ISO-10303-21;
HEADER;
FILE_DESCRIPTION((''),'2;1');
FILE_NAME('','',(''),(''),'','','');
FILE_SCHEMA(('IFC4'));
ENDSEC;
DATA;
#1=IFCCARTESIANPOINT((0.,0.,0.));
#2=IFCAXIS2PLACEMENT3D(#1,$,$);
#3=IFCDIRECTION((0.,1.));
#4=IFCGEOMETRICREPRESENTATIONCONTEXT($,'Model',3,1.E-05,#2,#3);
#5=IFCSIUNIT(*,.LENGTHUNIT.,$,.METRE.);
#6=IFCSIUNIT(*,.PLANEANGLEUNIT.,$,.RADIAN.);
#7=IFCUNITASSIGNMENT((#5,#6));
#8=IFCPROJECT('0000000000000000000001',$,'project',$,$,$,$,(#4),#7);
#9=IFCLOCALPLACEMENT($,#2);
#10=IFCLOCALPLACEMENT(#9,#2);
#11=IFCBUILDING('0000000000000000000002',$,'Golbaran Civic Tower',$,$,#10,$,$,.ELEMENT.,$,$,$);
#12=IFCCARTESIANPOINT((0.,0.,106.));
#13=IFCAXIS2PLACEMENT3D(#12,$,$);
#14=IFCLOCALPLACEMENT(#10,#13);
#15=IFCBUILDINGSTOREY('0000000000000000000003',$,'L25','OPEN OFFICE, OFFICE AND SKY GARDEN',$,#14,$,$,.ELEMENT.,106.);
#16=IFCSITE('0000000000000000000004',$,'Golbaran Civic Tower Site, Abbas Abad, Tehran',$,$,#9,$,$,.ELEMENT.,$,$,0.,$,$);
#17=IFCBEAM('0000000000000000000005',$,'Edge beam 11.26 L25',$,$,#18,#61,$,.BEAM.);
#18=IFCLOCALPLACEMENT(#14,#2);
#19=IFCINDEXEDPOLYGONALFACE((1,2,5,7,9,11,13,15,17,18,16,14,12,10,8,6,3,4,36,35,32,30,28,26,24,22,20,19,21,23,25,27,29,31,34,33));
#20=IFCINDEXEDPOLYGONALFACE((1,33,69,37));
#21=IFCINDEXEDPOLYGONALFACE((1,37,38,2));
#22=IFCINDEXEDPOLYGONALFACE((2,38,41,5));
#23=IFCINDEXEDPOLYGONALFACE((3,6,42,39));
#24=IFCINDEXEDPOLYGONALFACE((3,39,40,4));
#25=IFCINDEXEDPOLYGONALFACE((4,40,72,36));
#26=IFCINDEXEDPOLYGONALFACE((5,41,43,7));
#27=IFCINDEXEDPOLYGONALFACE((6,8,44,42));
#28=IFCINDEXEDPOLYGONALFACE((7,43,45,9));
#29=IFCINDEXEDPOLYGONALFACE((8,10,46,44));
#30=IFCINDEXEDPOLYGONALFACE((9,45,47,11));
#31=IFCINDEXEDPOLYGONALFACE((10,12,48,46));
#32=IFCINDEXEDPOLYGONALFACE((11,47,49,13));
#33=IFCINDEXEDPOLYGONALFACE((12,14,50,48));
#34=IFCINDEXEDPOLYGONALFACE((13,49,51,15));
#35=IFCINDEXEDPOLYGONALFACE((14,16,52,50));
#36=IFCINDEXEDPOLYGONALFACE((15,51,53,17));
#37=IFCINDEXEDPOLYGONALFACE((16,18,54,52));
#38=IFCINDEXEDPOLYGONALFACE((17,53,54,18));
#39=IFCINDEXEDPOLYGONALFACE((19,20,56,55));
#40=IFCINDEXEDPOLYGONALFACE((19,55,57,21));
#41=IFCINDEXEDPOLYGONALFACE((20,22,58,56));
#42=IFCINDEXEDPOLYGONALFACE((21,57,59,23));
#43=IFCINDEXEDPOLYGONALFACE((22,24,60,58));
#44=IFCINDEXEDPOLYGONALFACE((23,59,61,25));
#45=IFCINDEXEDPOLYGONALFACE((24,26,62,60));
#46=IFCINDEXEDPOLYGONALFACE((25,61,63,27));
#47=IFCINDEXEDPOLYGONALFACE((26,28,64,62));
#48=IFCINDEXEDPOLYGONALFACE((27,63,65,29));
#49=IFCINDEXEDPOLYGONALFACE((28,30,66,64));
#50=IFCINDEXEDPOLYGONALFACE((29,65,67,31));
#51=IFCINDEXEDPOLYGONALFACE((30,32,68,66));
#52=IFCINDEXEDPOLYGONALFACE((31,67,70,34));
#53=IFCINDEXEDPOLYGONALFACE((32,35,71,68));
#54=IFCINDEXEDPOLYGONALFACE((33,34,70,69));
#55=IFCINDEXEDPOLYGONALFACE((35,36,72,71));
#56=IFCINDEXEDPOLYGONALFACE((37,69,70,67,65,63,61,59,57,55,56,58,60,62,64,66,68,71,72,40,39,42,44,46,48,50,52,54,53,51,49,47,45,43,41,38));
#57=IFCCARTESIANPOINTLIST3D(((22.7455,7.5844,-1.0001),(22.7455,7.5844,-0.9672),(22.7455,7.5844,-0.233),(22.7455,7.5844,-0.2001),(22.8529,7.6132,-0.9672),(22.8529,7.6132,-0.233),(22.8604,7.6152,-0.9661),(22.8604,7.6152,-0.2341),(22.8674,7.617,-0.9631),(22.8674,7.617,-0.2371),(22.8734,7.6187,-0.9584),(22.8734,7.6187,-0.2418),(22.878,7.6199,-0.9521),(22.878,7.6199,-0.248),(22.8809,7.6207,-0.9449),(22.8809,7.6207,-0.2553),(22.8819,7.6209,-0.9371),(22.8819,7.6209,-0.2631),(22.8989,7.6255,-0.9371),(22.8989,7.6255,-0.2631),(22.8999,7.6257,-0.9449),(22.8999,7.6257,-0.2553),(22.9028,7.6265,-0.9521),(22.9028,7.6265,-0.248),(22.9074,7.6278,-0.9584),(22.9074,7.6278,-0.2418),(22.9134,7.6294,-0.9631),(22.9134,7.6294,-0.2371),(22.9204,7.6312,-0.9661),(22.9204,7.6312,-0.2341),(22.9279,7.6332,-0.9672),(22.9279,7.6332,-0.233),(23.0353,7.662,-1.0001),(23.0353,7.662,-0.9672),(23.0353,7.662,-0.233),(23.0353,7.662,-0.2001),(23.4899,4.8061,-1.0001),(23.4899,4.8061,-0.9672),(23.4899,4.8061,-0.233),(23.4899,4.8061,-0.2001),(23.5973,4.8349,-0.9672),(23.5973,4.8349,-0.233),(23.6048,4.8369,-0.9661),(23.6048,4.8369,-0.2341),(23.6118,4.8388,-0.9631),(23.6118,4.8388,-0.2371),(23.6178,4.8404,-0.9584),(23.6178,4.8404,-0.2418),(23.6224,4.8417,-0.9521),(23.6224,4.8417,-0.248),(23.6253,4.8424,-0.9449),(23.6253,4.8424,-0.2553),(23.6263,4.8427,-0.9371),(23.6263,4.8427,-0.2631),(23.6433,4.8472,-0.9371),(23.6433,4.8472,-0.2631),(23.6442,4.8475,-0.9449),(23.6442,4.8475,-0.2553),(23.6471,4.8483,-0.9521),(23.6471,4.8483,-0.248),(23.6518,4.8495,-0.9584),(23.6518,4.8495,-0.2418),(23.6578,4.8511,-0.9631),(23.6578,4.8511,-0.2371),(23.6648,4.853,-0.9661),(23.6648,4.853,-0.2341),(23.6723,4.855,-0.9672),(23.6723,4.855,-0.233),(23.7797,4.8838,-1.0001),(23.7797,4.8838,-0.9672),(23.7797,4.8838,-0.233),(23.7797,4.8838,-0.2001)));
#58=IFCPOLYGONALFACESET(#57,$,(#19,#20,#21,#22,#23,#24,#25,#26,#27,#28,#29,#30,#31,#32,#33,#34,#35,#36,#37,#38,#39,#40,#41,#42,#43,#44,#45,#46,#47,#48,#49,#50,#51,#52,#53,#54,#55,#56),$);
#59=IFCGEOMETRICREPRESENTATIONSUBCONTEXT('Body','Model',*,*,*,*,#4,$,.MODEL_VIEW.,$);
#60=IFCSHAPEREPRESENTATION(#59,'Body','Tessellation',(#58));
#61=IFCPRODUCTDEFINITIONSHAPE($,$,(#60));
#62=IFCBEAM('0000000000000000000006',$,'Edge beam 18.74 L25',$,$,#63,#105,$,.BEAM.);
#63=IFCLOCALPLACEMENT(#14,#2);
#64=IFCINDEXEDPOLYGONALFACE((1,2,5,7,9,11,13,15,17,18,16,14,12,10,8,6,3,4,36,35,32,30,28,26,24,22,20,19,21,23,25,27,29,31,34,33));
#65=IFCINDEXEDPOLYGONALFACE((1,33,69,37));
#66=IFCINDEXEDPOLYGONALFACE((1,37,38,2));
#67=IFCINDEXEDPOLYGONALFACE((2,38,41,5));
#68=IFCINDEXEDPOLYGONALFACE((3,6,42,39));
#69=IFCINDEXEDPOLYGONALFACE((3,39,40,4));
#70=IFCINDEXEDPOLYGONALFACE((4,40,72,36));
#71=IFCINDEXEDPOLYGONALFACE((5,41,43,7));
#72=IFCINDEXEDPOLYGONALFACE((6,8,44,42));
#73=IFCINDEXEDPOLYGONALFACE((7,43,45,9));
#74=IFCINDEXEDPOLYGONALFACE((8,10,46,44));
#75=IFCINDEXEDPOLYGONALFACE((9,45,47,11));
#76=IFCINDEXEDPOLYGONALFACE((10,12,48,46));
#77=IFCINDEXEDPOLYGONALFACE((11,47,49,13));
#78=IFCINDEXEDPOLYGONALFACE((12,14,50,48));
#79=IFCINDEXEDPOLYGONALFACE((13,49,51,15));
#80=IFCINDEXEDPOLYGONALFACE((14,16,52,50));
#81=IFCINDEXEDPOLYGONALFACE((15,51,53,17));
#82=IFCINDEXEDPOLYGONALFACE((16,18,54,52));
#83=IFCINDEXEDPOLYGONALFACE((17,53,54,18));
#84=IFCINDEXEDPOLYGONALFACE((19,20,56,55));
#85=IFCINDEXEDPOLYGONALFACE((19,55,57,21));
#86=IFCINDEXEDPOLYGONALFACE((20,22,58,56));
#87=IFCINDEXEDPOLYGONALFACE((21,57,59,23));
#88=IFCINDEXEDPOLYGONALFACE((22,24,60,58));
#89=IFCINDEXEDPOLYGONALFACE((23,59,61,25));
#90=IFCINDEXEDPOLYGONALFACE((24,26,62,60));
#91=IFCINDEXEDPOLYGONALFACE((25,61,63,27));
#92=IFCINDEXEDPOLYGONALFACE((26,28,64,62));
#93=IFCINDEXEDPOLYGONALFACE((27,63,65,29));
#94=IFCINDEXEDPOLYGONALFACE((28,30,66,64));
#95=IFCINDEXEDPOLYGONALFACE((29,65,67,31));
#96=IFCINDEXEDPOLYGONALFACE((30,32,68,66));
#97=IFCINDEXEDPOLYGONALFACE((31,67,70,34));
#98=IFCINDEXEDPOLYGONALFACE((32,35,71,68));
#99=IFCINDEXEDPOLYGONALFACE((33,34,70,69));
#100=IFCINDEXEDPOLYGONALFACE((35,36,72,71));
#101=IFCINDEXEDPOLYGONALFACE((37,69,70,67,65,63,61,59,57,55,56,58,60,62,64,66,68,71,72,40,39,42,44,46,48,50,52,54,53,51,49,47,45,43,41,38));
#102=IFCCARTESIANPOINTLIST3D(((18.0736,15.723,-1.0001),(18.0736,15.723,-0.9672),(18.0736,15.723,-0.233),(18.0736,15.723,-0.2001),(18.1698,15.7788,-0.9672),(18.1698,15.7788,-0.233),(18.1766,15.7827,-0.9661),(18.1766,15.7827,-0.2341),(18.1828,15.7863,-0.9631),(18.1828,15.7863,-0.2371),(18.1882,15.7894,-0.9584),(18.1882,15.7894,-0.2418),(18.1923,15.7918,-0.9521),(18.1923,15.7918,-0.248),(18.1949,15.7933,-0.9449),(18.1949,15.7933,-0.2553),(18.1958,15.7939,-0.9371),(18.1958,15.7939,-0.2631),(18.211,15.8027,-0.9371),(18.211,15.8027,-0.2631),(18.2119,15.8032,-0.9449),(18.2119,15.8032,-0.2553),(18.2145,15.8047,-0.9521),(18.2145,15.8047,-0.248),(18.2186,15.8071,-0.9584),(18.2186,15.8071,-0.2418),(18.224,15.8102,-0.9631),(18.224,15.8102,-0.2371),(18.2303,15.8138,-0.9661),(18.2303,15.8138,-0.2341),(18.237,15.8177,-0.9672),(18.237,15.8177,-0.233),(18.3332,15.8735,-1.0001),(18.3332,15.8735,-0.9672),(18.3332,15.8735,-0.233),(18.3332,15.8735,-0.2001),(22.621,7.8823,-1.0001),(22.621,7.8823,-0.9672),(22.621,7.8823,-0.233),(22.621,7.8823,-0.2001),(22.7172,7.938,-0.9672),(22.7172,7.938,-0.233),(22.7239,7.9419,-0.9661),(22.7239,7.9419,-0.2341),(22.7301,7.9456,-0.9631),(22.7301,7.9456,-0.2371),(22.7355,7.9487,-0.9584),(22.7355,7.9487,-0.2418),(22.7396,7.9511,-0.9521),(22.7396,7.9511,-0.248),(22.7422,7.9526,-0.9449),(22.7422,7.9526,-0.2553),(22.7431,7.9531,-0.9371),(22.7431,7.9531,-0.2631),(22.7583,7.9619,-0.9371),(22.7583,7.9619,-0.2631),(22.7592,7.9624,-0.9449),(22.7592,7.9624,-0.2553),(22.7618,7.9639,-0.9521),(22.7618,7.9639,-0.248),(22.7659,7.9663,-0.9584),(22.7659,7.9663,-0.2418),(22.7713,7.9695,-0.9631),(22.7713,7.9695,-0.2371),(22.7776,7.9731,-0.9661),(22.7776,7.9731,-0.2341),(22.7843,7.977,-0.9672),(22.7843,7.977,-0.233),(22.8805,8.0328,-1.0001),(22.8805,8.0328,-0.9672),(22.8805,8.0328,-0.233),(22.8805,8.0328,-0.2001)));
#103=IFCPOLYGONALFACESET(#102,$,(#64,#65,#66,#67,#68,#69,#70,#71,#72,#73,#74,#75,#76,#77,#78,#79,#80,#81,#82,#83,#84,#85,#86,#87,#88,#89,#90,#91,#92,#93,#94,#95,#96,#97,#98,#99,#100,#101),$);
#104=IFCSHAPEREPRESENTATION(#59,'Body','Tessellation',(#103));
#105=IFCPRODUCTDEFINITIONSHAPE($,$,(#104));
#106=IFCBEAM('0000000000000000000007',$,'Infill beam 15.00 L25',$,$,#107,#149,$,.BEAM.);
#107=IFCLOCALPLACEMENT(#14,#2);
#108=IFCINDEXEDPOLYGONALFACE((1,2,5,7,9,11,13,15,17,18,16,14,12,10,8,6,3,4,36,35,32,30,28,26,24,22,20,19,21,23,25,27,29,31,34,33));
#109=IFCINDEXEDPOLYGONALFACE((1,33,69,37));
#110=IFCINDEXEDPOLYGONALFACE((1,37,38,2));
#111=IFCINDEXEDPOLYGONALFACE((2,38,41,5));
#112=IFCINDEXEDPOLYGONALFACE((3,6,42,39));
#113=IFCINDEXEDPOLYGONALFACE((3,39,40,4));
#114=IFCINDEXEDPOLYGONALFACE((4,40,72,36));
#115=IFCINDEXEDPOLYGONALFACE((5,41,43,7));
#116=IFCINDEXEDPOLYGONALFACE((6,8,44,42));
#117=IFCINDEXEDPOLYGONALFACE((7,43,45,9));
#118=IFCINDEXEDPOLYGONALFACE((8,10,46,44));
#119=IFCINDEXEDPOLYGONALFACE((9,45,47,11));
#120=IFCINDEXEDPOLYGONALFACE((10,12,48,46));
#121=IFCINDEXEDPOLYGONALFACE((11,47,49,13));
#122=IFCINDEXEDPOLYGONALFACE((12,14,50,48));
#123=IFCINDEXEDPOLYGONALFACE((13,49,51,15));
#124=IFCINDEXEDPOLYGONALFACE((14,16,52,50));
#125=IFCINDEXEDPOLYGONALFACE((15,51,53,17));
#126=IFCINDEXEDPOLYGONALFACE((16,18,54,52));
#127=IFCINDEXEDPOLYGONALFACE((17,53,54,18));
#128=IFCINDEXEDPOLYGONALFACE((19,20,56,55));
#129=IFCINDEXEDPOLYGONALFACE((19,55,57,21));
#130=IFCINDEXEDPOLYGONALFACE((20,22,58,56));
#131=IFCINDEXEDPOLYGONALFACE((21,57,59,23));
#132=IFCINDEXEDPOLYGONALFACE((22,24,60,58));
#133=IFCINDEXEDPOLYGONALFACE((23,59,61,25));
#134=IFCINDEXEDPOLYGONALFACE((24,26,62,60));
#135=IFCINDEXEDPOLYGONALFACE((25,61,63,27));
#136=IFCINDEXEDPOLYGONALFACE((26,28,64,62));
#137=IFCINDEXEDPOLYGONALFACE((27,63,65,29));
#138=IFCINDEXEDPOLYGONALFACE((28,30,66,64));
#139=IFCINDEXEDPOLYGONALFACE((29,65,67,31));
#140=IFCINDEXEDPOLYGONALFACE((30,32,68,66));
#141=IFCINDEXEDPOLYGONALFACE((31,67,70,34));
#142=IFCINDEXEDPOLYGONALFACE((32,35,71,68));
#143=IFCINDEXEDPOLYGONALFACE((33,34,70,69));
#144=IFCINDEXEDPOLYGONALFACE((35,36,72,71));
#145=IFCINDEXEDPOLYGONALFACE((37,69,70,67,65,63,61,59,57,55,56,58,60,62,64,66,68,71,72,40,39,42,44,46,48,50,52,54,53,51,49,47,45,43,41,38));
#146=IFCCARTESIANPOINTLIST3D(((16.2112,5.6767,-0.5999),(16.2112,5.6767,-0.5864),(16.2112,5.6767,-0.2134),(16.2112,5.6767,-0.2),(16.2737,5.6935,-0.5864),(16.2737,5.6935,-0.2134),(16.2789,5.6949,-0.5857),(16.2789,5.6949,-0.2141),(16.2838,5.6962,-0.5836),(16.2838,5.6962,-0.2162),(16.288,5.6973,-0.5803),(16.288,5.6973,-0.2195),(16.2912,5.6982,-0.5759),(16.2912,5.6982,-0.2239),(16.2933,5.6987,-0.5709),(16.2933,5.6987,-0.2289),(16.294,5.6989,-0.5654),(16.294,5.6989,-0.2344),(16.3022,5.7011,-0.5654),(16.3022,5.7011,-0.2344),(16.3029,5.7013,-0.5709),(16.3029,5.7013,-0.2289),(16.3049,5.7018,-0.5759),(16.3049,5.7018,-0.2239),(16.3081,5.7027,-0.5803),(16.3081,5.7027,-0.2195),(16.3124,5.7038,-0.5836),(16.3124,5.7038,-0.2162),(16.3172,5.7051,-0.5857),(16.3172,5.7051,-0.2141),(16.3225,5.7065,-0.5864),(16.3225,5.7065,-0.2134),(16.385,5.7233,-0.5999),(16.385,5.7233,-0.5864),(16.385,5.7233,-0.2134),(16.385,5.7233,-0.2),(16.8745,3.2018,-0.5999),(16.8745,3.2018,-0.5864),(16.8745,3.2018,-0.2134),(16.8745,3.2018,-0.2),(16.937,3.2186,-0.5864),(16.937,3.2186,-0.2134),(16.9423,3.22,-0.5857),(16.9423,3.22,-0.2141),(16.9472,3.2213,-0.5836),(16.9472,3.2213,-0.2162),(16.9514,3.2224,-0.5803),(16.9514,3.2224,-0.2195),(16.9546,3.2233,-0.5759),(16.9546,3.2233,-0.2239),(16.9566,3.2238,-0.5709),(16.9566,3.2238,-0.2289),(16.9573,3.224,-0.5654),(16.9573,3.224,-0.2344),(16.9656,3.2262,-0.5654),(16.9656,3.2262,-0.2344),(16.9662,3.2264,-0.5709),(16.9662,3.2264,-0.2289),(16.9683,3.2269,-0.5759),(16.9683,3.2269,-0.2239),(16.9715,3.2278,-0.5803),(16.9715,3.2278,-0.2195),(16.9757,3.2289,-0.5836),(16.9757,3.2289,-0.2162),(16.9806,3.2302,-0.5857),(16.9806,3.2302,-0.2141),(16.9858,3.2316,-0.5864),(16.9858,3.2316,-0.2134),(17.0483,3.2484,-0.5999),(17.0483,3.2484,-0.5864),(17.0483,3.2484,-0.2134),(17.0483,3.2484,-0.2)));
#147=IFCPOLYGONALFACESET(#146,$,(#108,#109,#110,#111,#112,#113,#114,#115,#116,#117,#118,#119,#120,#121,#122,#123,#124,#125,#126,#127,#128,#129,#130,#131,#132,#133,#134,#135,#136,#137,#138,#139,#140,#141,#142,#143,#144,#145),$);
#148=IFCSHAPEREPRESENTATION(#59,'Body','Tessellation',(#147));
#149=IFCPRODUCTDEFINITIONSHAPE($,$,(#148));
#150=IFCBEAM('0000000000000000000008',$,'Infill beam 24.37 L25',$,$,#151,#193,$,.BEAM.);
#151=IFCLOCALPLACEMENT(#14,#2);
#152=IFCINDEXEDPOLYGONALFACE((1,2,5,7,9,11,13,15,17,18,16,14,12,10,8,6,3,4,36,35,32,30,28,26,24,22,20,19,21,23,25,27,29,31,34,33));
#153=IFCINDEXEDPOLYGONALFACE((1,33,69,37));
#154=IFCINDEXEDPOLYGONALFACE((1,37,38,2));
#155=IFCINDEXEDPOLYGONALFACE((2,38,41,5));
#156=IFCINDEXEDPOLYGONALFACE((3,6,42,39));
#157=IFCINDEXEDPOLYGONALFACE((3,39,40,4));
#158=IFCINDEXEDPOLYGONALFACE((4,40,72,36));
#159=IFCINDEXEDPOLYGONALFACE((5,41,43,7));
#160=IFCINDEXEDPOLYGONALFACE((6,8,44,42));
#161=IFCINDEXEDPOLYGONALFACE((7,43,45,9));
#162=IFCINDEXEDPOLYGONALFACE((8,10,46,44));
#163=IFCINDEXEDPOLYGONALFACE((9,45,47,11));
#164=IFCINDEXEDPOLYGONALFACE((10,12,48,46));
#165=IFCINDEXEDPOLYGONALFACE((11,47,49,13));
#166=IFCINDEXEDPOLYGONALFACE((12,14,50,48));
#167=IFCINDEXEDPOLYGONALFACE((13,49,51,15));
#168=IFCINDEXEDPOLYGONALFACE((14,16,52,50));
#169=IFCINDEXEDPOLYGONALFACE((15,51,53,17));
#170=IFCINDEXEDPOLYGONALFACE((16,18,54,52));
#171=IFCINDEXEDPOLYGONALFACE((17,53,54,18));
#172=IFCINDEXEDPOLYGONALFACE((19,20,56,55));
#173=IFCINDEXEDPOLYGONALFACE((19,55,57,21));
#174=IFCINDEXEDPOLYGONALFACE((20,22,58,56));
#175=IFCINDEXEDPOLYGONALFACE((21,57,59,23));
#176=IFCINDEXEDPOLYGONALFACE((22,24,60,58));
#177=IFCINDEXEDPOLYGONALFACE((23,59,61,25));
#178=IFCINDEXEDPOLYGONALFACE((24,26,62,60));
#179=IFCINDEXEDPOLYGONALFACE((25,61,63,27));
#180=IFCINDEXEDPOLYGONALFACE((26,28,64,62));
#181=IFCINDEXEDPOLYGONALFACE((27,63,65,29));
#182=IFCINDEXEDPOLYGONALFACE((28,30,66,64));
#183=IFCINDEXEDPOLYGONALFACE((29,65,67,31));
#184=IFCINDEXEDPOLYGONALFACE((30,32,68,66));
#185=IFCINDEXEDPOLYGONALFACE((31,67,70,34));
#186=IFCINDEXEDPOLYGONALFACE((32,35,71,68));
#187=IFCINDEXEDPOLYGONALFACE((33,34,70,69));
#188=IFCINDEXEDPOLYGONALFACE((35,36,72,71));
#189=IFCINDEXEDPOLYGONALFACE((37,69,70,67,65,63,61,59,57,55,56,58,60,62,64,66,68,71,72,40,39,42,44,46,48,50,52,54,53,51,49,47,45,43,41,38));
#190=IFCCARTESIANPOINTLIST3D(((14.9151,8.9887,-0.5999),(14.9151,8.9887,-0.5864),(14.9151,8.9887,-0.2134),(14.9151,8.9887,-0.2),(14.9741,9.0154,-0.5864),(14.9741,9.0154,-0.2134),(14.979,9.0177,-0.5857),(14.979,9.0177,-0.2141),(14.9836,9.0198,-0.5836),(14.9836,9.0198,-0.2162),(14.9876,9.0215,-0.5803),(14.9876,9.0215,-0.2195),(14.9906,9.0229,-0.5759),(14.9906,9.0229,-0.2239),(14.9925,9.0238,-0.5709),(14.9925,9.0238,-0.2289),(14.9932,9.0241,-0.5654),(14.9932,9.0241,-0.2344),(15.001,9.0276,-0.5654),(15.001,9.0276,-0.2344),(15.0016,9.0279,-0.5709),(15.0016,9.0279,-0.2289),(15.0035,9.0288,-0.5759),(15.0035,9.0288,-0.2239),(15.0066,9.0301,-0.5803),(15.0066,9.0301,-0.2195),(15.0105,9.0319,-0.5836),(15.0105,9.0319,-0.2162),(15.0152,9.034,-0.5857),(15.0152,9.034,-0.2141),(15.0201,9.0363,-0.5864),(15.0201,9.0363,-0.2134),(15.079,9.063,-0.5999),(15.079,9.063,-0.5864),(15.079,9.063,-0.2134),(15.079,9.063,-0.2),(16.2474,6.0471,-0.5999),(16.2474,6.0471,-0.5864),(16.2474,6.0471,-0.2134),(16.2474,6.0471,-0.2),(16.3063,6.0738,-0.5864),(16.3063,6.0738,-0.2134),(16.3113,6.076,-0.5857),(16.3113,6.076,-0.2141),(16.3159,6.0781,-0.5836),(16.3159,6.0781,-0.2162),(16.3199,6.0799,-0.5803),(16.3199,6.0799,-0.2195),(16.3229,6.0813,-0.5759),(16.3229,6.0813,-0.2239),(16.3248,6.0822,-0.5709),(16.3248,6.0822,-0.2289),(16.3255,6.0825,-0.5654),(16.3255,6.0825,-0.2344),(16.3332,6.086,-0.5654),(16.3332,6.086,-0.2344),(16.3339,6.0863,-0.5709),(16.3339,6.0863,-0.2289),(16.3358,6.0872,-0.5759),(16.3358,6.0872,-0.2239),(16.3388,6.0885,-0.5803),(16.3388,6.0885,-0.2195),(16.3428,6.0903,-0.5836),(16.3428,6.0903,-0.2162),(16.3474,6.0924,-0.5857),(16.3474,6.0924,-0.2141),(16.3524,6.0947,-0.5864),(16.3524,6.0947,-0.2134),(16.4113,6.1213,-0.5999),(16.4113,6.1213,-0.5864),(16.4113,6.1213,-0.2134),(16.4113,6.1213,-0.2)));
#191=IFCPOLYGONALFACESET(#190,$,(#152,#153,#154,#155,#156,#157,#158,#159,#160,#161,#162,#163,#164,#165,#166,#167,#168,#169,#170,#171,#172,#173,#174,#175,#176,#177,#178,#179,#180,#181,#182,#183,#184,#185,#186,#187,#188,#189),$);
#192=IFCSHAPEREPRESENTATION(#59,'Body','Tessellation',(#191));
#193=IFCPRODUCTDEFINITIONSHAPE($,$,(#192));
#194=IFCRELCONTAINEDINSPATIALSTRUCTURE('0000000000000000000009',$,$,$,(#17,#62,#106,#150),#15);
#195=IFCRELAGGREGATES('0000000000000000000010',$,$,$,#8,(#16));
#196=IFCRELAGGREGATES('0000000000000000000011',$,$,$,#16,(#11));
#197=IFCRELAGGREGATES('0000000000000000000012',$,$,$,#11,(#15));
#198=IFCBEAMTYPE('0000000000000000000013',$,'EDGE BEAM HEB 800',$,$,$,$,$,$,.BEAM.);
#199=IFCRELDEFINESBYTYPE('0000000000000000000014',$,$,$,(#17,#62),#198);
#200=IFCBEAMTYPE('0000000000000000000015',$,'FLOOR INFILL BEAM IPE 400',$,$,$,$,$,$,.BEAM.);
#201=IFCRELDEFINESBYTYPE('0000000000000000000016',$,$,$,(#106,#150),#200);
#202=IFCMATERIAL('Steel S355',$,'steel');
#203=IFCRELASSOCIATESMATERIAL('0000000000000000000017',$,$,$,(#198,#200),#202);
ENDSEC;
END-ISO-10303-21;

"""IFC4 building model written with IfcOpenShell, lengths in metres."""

from ifc_helpers import new_model, si_unit, direction, frame, origin, origin_2d, place, context, subcontext, project, spatial, i_section, extrude, material, material_profile, profile_set, type_object, element, save


model = new_model("IFC4")

# Units and contexts
model_context = context("Model", 3, precision=1e-05, world=origin(), true_north=direction((0.0, 1.0)))
body_context = subcontext(model_context, "Body", "Model", "MODEL_VIEW")
ifc_project = project(units=[si_unit("LENGTHUNIT", "METRE"), si_unit("PLANEANGLEUNIT", "RADIAN")], contexts=[model_context])

# Site, building, storey
site_placement = place(None, origin())
site = spatial("IfcSite", under=ifc_project, at=site_placement, Name="Golbaran Civic Tower Site, Abbas Abad, Tehran", CompositionType="ELEMENT", RefElevation=0.0)
building_placement = place(site_placement, origin())
building = spatial("IfcBuilding", under=site, at=building_placement, Name="Golbaran Civic Tower", CompositionType="ELEMENT")
storey_placement = place(building_placement, frame((0.0, 0.0, 106.0)))
storey = spatial("IfcBuildingStorey", under=building, at=storey_placement, Name="L25", Description="OPEN OFFICE, OFFICE AND SKY GARDEN", CompositionType="ELEMENT", Elevation=106.0)

# Beams
ifc_material_1 = material(Name="Steel S355", Category="steel")
ifc_material_profile_1 = material_profile(ifc_material_1, i_section(OverallWidth=0.3, OverallDepth=0.8, WebThickness=0.0176, FlangeThickness=0.033, FilletRadius=0.03, at=origin_2d()), Name="HEB 800")
ifc_profile_set_1 = profile_set([ifc_material_profile_1], Name="Steel S355")
beam_type_1 = type_object("IfcBeamType", Name="EDGE BEAM HEB 800", PredefinedType="BEAM", material=ifc_profile_set_1)
beam_1_placement = place(storey_placement, frame((23.6348, 4.845, -0.6001), z_axis=(-0.258798, 0.965931, 0.0), x_axis=(-0.965931, -0.258798, 0.0)))
element("IfcBeam", 1, at=beam_1_placement, inside=storey, type_object=beam_type_1, Name="Edge beam 11.26 L25", PredefinedType="BEAM", context=body_context, shape_type="SweptSolid", body=[
    extrude(i_section(OverallWidth=0.3, OverallDepth=0.8, WebThickness=0.0176, FlangeThickness=0.033, FilletRadius=0.03, at=origin_2d()), origin(), (0.0, 0.0, 1.0), 2.8762),
])
beam_2_placement = place(storey_placement, frame((22.7507, 7.9575, -0.6001), z_axis=(-0.501692, 0.865046, 0.0), x_axis=(-0.865046, -0.501692, 0.0)))
element("IfcBeam", 2, at=beam_2_placement, inside=storey, type_object=beam_type_1, Name="Edge beam 18.74 L25", PredefinedType="BEAM", context=body_context, shape_type="SweptSolid", body=[
    extrude(i_section(OverallWidth=0.3, OverallDepth=0.8, WebThickness=0.0176, FlangeThickness=0.033, FilletRadius=0.03, at=origin_2d()), origin(), (0.0, 0.0, 1.0), 9.064),
])
ifc_material_profile_2 = material_profile(ifc_material_1, i_section(OverallWidth=0.1799, OverallDepth=0.3999, WebThickness=0.0085, FlangeThickness=0.0134, FilletRadius=0.021, at=origin_2d()), Name="IPE 400")
ifc_profile_set_2 = profile_set([ifc_material_profile_2], Name="Steel S355")
beam_type_2 = type_object("IfcBeamType", Name="FLOOR INFILL BEAM IPE 400", PredefinedType="BEAM", material=ifc_profile_set_2)
beam_3_placement = place(storey_placement, frame((16.9614, 3.2251, -0.3999), z_axis=(-0.25889, 0.965907, 0.0), x_axis=(-0.965907, -0.25889, 0.0)))
element("IfcBeam", 3, at=beam_3_placement, inside=storey, type_object=beam_type_2, Name="Infill beam 15.00 L25", PredefinedType="BEAM", context=body_context, shape_type="SweptSolid", body=[
    extrude(i_section(OverallWidth=0.1799, OverallDepth=0.3999, WebThickness=0.0085, FlangeThickness=0.0134, FilletRadius=0.021, at=origin_2d()), origin(), (0.0, 0.0, 1.0), 2.5623),
])
beam_4_placement = place(storey_placement, frame((16.3293, 6.0842, -0.3999), z_axis=(-0.412561, 0.91093, 0.0), x_axis=(-0.91093, -0.412561, 0.0)))
element("IfcBeam", 4, at=beam_4_placement, inside=storey, type_object=beam_type_2, Name="Infill beam 24.37 L25", PredefinedType="BEAM", context=body_context, shape_type="SweptSolid", body=[
    extrude(i_section(OverallWidth=0.1799, OverallDepth=0.3999, WebThickness=0.0085, FlangeThickness=0.0134, FilletRadius=0.021, at=origin_2d()), origin(), (0.0, 0.0, 1.0), 3.2292),
])

save(model, "model.ifc")
